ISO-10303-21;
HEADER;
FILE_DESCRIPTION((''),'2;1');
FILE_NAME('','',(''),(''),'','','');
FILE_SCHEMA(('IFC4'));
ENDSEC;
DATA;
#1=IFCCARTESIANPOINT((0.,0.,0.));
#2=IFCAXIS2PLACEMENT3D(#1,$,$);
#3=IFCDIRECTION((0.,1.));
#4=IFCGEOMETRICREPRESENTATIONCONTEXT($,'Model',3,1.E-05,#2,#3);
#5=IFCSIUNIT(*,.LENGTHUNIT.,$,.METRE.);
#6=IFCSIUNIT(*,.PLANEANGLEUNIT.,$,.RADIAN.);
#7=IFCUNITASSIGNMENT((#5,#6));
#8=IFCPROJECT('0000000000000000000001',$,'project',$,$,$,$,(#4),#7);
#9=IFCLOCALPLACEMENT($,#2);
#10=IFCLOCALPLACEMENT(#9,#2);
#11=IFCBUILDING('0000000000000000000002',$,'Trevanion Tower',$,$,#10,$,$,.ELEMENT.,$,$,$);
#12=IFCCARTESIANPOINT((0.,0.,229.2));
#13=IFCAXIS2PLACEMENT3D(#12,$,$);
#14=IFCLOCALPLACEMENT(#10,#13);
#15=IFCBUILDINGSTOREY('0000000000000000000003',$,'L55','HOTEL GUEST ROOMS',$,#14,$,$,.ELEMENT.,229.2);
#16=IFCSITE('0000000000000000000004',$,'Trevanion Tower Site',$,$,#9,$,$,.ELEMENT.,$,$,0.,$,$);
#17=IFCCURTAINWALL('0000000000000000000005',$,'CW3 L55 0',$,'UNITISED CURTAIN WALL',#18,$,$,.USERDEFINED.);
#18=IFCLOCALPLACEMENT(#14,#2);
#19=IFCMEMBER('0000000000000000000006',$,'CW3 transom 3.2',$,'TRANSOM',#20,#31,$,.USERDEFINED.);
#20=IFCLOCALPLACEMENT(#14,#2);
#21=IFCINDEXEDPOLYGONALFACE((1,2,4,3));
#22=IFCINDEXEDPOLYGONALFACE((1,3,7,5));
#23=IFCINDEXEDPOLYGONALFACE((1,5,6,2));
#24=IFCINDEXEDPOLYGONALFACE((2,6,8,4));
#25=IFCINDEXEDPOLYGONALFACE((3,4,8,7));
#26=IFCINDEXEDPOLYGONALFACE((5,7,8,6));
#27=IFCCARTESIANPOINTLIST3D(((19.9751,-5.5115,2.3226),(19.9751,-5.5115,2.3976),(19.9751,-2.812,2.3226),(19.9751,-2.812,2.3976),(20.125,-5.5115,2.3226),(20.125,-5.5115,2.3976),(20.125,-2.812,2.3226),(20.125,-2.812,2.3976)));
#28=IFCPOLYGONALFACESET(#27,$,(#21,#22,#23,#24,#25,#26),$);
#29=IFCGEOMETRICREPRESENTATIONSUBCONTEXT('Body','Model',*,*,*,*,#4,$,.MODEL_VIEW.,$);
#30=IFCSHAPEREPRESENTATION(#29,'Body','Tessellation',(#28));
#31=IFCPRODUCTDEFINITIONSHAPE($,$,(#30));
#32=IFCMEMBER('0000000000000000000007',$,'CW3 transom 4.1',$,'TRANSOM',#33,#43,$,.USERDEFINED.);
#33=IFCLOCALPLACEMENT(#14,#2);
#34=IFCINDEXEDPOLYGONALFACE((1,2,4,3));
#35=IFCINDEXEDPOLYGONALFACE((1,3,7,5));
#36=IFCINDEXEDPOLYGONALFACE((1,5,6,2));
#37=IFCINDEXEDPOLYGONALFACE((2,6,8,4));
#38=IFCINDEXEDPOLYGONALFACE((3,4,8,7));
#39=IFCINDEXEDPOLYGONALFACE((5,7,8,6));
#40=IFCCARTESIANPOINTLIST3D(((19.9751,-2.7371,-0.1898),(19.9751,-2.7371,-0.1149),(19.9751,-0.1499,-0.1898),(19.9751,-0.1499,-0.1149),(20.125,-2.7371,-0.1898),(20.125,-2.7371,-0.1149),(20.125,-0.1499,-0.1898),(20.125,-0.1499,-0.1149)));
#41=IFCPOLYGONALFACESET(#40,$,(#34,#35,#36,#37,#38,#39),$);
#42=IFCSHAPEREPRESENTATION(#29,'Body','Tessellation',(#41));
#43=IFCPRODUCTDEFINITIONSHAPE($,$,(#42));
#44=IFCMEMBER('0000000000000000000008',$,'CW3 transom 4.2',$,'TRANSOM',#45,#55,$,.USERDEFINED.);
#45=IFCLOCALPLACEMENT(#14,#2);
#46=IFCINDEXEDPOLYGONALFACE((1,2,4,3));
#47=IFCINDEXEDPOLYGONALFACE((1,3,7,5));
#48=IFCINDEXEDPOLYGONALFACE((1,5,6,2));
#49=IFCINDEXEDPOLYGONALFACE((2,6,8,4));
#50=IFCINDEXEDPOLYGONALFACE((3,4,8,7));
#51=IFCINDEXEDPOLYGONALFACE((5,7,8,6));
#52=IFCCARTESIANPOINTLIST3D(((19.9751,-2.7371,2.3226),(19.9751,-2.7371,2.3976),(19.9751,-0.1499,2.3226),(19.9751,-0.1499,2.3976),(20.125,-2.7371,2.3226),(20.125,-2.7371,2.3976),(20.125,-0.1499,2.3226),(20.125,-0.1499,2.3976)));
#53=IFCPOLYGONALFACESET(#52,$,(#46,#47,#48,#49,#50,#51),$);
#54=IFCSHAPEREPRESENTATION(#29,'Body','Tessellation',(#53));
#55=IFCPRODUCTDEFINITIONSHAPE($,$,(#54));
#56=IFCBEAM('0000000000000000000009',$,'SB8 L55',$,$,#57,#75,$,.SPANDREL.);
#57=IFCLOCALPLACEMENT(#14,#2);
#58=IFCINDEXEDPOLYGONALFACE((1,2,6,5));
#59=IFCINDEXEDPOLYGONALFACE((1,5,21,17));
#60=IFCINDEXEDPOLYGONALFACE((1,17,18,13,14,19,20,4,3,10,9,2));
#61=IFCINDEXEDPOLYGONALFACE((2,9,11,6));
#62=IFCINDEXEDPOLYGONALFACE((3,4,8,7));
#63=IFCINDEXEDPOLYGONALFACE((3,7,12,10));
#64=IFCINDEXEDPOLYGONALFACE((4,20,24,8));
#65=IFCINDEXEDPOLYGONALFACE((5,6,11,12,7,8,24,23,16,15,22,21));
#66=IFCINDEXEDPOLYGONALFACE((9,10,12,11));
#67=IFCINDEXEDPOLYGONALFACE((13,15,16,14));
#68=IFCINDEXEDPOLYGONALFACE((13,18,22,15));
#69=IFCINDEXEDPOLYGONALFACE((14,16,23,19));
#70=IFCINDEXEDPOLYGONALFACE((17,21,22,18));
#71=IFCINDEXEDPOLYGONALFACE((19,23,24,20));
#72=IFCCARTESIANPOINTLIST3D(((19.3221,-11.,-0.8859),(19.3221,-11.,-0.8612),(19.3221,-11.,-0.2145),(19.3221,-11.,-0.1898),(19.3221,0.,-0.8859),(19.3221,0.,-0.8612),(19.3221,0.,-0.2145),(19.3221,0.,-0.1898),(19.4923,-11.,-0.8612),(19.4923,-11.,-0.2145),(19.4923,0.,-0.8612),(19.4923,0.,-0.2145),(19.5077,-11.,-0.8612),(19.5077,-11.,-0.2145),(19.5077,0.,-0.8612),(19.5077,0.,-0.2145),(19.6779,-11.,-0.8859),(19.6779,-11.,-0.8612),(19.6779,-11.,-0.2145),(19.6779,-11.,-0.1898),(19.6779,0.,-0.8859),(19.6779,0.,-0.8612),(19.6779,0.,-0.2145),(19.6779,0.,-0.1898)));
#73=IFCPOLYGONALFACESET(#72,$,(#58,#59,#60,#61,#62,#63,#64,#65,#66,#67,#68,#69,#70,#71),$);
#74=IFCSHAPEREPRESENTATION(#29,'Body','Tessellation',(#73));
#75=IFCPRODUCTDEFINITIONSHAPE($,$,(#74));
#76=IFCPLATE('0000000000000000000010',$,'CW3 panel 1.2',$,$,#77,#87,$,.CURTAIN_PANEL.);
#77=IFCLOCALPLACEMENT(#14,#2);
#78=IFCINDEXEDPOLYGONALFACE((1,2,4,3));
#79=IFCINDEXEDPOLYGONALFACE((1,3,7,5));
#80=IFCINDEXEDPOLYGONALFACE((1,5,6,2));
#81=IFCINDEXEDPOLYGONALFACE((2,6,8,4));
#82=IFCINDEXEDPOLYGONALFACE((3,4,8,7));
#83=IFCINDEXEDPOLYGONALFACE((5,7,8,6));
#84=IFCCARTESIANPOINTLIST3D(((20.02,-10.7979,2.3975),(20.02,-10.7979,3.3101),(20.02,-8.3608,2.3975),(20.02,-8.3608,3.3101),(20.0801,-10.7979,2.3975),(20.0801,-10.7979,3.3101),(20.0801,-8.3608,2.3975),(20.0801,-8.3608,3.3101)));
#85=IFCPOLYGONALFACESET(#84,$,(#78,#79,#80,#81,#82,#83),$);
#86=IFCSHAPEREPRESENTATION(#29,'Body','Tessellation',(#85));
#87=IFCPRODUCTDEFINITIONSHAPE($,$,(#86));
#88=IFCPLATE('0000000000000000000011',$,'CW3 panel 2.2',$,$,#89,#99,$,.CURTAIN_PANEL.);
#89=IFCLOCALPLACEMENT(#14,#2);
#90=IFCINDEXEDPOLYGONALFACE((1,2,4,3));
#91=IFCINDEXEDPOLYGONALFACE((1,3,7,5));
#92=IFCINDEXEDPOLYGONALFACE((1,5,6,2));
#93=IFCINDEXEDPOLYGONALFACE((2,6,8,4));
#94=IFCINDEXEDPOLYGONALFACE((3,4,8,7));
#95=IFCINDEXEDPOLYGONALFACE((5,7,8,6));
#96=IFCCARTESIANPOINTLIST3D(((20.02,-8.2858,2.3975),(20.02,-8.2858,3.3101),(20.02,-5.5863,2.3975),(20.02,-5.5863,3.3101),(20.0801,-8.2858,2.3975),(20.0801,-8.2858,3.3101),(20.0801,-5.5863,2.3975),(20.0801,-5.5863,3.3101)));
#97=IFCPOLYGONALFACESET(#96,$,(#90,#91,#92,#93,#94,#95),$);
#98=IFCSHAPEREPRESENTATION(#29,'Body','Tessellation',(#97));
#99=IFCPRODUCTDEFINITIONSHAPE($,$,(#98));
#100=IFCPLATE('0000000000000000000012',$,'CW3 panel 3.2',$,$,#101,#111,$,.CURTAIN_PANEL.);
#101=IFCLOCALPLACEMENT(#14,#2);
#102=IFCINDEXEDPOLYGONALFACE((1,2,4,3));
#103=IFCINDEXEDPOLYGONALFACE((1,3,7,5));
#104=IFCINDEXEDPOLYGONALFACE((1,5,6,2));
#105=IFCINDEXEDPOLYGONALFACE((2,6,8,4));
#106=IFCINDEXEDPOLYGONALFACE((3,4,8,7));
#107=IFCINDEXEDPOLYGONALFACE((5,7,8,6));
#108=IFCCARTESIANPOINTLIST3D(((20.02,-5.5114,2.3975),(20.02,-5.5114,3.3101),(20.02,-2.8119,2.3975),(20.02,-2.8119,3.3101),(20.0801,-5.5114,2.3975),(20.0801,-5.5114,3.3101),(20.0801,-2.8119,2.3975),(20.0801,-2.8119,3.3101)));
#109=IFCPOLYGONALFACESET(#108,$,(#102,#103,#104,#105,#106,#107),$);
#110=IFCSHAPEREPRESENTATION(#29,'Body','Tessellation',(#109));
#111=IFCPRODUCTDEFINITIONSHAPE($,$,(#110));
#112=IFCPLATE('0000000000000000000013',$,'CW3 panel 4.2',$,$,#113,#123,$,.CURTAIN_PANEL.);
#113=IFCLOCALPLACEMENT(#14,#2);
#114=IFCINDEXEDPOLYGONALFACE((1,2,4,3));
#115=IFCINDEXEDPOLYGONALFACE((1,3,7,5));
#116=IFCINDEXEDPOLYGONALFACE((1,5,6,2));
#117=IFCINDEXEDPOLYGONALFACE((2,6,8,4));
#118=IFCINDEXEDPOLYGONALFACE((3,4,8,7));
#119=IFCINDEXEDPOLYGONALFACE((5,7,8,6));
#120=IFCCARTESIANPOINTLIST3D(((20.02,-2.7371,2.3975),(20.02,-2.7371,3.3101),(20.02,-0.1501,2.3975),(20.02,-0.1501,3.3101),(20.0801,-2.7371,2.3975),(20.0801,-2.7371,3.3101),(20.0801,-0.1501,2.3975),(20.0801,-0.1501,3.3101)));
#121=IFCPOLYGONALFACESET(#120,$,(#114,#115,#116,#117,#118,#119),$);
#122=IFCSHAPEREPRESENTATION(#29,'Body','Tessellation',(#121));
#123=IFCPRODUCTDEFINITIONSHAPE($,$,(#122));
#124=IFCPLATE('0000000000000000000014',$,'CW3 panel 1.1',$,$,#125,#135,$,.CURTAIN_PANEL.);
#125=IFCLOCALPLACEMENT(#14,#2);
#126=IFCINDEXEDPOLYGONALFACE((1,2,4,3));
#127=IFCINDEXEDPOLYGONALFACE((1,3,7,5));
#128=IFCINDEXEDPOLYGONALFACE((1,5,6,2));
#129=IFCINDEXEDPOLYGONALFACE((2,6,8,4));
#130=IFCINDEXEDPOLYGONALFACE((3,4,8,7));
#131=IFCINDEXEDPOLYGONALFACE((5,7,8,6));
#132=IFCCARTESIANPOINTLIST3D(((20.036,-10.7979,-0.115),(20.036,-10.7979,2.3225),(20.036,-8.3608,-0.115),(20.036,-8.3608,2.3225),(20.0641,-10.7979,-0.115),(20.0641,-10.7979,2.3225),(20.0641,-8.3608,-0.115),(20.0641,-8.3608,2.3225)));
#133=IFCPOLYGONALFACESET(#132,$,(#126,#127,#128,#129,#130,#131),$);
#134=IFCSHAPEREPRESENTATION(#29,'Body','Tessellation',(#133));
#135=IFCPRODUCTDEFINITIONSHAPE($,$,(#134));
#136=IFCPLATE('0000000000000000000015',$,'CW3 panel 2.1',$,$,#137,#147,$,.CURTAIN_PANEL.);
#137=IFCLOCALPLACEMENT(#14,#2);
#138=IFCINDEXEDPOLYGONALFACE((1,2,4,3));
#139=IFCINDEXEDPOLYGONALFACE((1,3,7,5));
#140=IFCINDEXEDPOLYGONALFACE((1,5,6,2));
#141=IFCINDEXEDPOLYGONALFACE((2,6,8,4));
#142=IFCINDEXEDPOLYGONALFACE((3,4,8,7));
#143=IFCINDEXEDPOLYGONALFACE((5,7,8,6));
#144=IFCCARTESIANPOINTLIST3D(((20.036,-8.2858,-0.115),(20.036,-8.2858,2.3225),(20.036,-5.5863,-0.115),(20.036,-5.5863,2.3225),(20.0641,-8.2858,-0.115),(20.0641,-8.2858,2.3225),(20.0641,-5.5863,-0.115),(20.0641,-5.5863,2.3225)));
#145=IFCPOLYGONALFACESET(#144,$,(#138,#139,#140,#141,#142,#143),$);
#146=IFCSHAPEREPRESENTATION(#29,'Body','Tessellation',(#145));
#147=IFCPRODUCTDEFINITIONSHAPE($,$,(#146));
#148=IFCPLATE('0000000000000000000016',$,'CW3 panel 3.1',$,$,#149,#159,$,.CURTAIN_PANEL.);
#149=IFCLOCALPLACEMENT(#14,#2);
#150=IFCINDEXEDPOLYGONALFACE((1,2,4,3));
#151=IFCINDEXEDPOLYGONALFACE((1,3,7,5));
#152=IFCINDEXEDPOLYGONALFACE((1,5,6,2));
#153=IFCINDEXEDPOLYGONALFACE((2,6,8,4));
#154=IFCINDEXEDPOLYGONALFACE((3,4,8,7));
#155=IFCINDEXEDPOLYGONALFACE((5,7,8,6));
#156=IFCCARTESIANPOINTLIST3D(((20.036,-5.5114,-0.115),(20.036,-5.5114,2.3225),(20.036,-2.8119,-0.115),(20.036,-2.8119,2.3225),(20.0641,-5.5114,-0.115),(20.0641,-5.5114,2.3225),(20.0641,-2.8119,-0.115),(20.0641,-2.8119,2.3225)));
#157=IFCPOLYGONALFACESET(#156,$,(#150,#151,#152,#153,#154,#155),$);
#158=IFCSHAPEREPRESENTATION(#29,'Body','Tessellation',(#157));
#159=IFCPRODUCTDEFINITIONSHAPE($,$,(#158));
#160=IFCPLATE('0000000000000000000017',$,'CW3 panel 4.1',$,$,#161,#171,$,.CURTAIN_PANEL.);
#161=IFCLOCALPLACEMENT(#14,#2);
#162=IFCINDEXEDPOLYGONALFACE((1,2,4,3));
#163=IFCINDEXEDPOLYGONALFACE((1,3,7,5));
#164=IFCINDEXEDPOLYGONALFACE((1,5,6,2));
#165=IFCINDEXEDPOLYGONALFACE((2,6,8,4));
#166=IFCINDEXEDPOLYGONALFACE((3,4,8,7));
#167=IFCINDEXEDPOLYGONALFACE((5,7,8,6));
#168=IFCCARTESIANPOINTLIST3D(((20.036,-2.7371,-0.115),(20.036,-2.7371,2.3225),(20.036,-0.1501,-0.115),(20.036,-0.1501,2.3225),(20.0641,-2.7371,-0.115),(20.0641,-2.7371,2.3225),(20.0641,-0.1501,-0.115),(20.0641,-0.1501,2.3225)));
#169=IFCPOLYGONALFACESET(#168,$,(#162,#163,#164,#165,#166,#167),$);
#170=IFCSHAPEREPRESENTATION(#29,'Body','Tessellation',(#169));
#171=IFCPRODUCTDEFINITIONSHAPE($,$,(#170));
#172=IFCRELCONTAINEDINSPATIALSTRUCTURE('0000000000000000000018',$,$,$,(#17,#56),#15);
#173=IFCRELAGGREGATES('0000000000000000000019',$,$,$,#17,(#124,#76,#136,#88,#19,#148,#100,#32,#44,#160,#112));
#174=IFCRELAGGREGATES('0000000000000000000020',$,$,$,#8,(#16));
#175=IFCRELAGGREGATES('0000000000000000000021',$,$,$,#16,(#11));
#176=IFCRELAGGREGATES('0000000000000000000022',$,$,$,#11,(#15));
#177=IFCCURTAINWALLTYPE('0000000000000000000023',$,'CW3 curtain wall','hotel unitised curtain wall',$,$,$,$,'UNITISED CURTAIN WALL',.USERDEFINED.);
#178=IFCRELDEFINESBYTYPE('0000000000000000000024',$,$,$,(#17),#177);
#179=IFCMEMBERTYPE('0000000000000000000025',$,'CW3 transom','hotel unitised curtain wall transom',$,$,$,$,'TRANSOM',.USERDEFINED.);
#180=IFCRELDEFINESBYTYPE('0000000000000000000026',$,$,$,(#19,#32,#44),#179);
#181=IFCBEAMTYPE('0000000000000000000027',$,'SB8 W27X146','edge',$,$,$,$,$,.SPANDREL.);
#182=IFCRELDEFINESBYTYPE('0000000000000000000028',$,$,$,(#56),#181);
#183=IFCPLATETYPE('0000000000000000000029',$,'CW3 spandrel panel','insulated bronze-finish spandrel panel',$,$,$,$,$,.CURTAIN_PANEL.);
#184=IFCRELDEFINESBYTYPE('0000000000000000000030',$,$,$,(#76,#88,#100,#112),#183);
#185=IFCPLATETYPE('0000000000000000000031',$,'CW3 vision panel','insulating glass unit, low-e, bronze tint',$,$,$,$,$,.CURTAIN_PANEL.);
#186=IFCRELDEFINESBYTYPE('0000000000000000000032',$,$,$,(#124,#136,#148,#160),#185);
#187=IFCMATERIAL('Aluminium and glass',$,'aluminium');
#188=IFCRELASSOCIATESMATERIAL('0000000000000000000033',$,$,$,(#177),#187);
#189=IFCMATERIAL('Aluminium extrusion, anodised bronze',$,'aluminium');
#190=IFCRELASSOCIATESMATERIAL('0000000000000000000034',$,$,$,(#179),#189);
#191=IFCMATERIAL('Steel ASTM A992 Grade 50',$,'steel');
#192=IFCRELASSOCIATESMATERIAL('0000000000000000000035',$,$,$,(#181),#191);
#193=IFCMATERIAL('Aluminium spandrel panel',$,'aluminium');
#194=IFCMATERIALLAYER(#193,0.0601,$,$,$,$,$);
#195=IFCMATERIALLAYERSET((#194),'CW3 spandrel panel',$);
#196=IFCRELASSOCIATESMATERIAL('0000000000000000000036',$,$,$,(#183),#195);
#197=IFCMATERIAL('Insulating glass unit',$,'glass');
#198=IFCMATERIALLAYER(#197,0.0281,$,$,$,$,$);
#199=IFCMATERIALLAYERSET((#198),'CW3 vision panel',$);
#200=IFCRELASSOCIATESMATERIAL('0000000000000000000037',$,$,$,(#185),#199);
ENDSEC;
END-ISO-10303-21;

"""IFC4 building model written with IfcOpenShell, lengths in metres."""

from ifc_helpers import new_model, si_unit, direction, frame, origin, origin_2d, place, context, subcontext, project, spatial, rectangle, i_section, extrude, material, layer, layer_set, material_profile, profile_set, type_object, element, aggregate, save


model = new_model("IFC4")

# Units and contexts
model_context = context("Model", 3, precision=1e-05, world=origin(), true_north=direction((0.0, 1.0)))
body_context = subcontext(model_context, "Body", "Model", "MODEL_VIEW")
ifc_project = project(units=[si_unit("LENGTHUNIT", "METRE"), si_unit("PLANEANGLEUNIT", "RADIAN")], contexts=[model_context])

# Site, building, storey
site_placement = place(None, origin())
site = spatial("IfcSite", under=ifc_project, at=site_placement, Name="Trevanion Tower Site", CompositionType="ELEMENT", RefElevation=0.0)
building_placement = place(site_placement, origin())
building = spatial("IfcBuilding", under=site, at=building_placement, Name="Trevanion Tower", CompositionType="ELEMENT")
storey_placement = place(building_placement, frame((0.0, 0.0, 229.2)))
storey = spatial("IfcBuildingStorey", under=building, at=storey_placement, Name="L55", Description="HOTEL GUEST ROOMS", CompositionType="ELEMENT", Elevation=229.2)

# Curtain wall, members
ifc_material_1 = material(Name="Aluminium and glass", Category="aluminium")
curtain_wall_type = type_object("IfcCurtainWallType", Name="CW3 curtain wall", Description="hotel unitised curtain wall", ElementType="UNITISED CURTAIN WALL", PredefinedType="USERDEFINED", material=ifc_material_1)
curtain_wall_placement = place(storey_placement, origin())
curtain_wall = element("IfcCurtainWall", 1, at=curtain_wall_placement, inside=storey, type_object=curtain_wall_type, Name="CW3 L55 0", ObjectType="UNITISED CURTAIN WALL", PredefinedType="USERDEFINED")
ifc_material_2 = material(Name="Aluminium extrusion, anodised bronze", Category="aluminium")
ifc_material_profile_1 = material_profile(ifc_material_2, rectangle(XDim=0.1499, YDim=0.075, at=origin_2d()), Name="CW3 transom")
ifc_profile_set_1 = profile_set([ifc_material_profile_1], Name="Aluminium extrusion, anodised bronze")
member_type_1 = type_object("IfcMemberType", Name="CW3 transom", Description="hotel unitised curtain wall transom", ElementType="TRANSOM", PredefinedType="USERDEFINED", material=ifc_profile_set_1)
member_1_placement = place(storey_placement, frame((20.05, -5.5115, 2.3601), z_axis=(0.0, 1.0, 0.0), x_axis=(-1.0, 0.0, 0.0)))
member_1 = element("IfcMember", 2, at=member_1_placement, type_object=member_type_1, Name="CW3 transom 3.2", ObjectType="TRANSOM", PredefinedType="USERDEFINED", context=body_context, shape_type="SweptSolid", body=[
    extrude(rectangle(XDim=0.1499, YDim=0.075, at=origin_2d()), origin(), (0.0, 0.0, 1.0), 2.6995),
])
member_2_placement = place(storey_placement, frame((20.05, -2.7371, -0.1523), z_axis=(0.0, 1.0, 0.0), x_axis=(-1.0, 0.0, 0.0)))
member_2 = element("IfcMember", 3, at=member_2_placement, type_object=member_type_1, Name="CW3 transom 4.1", ObjectType="TRANSOM", PredefinedType="USERDEFINED", context=body_context, shape_type="SweptSolid", body=[
    extrude(rectangle(XDim=0.1499, YDim=0.075, at=origin_2d()), origin(), (0.0, 0.0, 1.0), 2.5872),
])
member_3_placement = place(storey_placement, frame((20.05, -2.7371, 2.3601), z_axis=(0.0, 1.0, 0.0), x_axis=(-1.0, 0.0, 0.0)))
member_3 = element("IfcMember", 4, at=member_3_placement, type_object=member_type_1, Name="CW3 transom 4.2", ObjectType="TRANSOM", PredefinedType="USERDEFINED", context=body_context, shape_type="SweptSolid", body=[
    extrude(rectangle(XDim=0.1499, YDim=0.075, at=origin_2d()), origin(), (0.0, 0.0, 1.0), 2.5872),
])

# Beam
ifc_material_3 = material(Name="Steel ASTM A992 Grade 50", Category="steel")
ifc_material_profile_2 = material_profile(ifc_material_3, i_section(OverallWidth=0.3557, OverallDepth=0.696, WebThickness=0.0154, FlangeThickness=0.0247, at=origin_2d()), Name="W27X146")
ifc_profile_set_2 = profile_set([ifc_material_profile_2], Name="Steel ASTM A992 Grade 50")
beam_type_1 = type_object("IfcBeamType", Name="SB8 W27X146", Description="edge", PredefinedType="SPANDREL", material=ifc_profile_set_2)
beam_placement = place(storey_placement, frame((19.5, -11.0, -0.5378), z_axis=(0.0, 1.0, 0.0), x_axis=(-1.0, 0.0, 0.0)))
element("IfcBeam", 5, at=beam_placement, inside=storey, type_object=beam_type_1, Name="SB8 L55", PredefinedType="SPANDREL", context=body_context, shape_type="SweptSolid", body=[
    extrude(i_section(OverallWidth=0.3557, OverallDepth=0.696, WebThickness=0.0154, FlangeThickness=0.0247, at=origin_2d()), origin(), (0.0, 0.0, 1.0), 11.0),
])

# Plates
ifc_material_4 = material(Name="Aluminium spandrel panel", Category="aluminium")
ifc_layer_1 = layer(ifc_material_4, 0.0601)
ifc_layer_set_1 = layer_set([ifc_layer_1], Name="CW3 spandrel panel")
plate_type_1 = type_object("IfcPlateType", Name="CW3 spandrel panel", Description="insulated bronze-finish spandrel panel", PredefinedType="CURTAIN_PANEL", material=ifc_layer_set_1)
plate_1_placement = place(storey_placement, frame((20.05, -9.5793, 2.3975), z_axis=(0.0, 0.0, 1.0), x_axis=(0.0, 1.0, 0.0)))
plate_1 = element("IfcPlate", 6, at=plate_1_placement, type_object=plate_type_1, Name="CW3 panel 1.2", PredefinedType="CURTAIN_PANEL", context=body_context, shape_type="SweptSolid", body=[
    extrude(rectangle(XDim=2.437, YDim=0.0601, at=origin_2d()), origin(), (0.0, 0.0, 1.0), 0.9126),
])
plate_2_placement = place(storey_placement, frame((20.05, -6.936, 2.3975), z_axis=(0.0, 0.0, 1.0), x_axis=(0.0, 1.0, 0.0)))
plate_2 = element("IfcPlate", 7, at=plate_2_placement, type_object=plate_type_1, Name="CW3 panel 2.2", PredefinedType="CURTAIN_PANEL", context=body_context, shape_type="SweptSolid", body=[
    extrude(rectangle(XDim=2.6995, YDim=0.0601, at=origin_2d()), origin(), (0.0, 0.0, 1.0), 0.9126),
])
plate_3_placement = place(storey_placement, frame((20.05, -4.1616, 2.3975), z_axis=(0.0, 0.0, 1.0), x_axis=(0.0, 1.0, 0.0)))
plate_3 = element("IfcPlate", 8, at=plate_3_placement, type_object=plate_type_1, Name="CW3 panel 3.2", PredefinedType="CURTAIN_PANEL", context=body_context, shape_type="SweptSolid", body=[
    extrude(rectangle(XDim=2.6995, YDim=0.0601, at=origin_2d()), origin(), (0.0, 0.0, 1.0), 0.9126),
])
plate_4_placement = place(storey_placement, frame((20.05, -1.4436, 2.3975), z_axis=(0.0, 0.0, 1.0), x_axis=(0.0, 1.0, 0.0)))
plate_4 = element("IfcPlate", 9, at=plate_4_placement, type_object=plate_type_1, Name="CW3 panel 4.2", PredefinedType="CURTAIN_PANEL", context=body_context, shape_type="SweptSolid", body=[
    extrude(rectangle(XDim=2.5869, YDim=0.0601, at=origin_2d()), origin(), (0.0, 0.0, 1.0), 0.9126),
])
ifc_material_5 = material(Name="Insulating glass unit", Category="glass")
ifc_layer_2 = layer(ifc_material_5, 0.0281)
ifc_layer_set_2 = layer_set([ifc_layer_2], Name="CW3 vision panel")
plate_type_2 = type_object("IfcPlateType", Name="CW3 vision panel", Description="insulating glass unit, low-e, bronze tint", PredefinedType="CURTAIN_PANEL", material=ifc_layer_set_2)
plate_5_placement = place(storey_placement, frame((20.05, -9.5793, -0.115), z_axis=(0.0, 0.0, 1.0), x_axis=(0.0, 1.0, 0.0)))
plate_5 = element("IfcPlate", 10, at=plate_5_placement, type_object=plate_type_2, Name="CW3 panel 1.1", PredefinedType="CURTAIN_PANEL", context=body_context, shape_type="SweptSolid", body=[
    extrude(rectangle(XDim=2.437, YDim=0.0281, at=origin_2d()), origin(), (0.0, 0.0, 1.0), 2.4375),
])
plate_6_placement = place(storey_placement, frame((20.05, -6.936, -0.115), z_axis=(0.0, 0.0, 1.0), x_axis=(0.0, 1.0, 0.0)))
plate_6 = element("IfcPlate", 11, at=plate_6_placement, type_object=plate_type_2, Name="CW3 panel 2.1", PredefinedType="CURTAIN_PANEL", context=body_context, shape_type="SweptSolid", body=[
    extrude(rectangle(XDim=2.6995, YDim=0.0281, at=origin_2d()), origin(), (0.0, 0.0, 1.0), 2.4375),
])
plate_7_placement = place(storey_placement, frame((20.05, -4.1616, -0.115), z_axis=(0.0, 0.0, 1.0), x_axis=(0.0, 1.0, 0.0)))
plate_7 = element("IfcPlate", 12, at=plate_7_placement, type_object=plate_type_2, Name="CW3 panel 3.1", PredefinedType="CURTAIN_PANEL", context=body_context, shape_type="SweptSolid", body=[
    extrude(rectangle(XDim=2.6995, YDim=0.0281, at=origin_2d()), origin(), (0.0, 0.0, 1.0), 2.4375),
])
plate_8_placement = place(storey_placement, frame((20.05, -1.4436, -0.115), z_axis=(0.0, 0.0, 1.0), x_axis=(0.0, 1.0, 0.0)))
plate_8 = element("IfcPlate", 13, at=plate_8_placement, type_object=plate_type_2, Name="CW3 panel 4.1", PredefinedType="CURTAIN_PANEL", context=body_context, shape_type="SweptSolid", body=[
    extrude(rectangle(XDim=2.5869, YDim=0.0281, at=origin_2d()), origin(), (0.0, 0.0, 1.0), 2.4375),
])
aggregate(curtain_wall, [plate_5, plate_1, plate_6, plate_2, member_1, plate_7, plate_3, member_2, member_3, plate_8, plate_4])

save(model, "model.ifc")
